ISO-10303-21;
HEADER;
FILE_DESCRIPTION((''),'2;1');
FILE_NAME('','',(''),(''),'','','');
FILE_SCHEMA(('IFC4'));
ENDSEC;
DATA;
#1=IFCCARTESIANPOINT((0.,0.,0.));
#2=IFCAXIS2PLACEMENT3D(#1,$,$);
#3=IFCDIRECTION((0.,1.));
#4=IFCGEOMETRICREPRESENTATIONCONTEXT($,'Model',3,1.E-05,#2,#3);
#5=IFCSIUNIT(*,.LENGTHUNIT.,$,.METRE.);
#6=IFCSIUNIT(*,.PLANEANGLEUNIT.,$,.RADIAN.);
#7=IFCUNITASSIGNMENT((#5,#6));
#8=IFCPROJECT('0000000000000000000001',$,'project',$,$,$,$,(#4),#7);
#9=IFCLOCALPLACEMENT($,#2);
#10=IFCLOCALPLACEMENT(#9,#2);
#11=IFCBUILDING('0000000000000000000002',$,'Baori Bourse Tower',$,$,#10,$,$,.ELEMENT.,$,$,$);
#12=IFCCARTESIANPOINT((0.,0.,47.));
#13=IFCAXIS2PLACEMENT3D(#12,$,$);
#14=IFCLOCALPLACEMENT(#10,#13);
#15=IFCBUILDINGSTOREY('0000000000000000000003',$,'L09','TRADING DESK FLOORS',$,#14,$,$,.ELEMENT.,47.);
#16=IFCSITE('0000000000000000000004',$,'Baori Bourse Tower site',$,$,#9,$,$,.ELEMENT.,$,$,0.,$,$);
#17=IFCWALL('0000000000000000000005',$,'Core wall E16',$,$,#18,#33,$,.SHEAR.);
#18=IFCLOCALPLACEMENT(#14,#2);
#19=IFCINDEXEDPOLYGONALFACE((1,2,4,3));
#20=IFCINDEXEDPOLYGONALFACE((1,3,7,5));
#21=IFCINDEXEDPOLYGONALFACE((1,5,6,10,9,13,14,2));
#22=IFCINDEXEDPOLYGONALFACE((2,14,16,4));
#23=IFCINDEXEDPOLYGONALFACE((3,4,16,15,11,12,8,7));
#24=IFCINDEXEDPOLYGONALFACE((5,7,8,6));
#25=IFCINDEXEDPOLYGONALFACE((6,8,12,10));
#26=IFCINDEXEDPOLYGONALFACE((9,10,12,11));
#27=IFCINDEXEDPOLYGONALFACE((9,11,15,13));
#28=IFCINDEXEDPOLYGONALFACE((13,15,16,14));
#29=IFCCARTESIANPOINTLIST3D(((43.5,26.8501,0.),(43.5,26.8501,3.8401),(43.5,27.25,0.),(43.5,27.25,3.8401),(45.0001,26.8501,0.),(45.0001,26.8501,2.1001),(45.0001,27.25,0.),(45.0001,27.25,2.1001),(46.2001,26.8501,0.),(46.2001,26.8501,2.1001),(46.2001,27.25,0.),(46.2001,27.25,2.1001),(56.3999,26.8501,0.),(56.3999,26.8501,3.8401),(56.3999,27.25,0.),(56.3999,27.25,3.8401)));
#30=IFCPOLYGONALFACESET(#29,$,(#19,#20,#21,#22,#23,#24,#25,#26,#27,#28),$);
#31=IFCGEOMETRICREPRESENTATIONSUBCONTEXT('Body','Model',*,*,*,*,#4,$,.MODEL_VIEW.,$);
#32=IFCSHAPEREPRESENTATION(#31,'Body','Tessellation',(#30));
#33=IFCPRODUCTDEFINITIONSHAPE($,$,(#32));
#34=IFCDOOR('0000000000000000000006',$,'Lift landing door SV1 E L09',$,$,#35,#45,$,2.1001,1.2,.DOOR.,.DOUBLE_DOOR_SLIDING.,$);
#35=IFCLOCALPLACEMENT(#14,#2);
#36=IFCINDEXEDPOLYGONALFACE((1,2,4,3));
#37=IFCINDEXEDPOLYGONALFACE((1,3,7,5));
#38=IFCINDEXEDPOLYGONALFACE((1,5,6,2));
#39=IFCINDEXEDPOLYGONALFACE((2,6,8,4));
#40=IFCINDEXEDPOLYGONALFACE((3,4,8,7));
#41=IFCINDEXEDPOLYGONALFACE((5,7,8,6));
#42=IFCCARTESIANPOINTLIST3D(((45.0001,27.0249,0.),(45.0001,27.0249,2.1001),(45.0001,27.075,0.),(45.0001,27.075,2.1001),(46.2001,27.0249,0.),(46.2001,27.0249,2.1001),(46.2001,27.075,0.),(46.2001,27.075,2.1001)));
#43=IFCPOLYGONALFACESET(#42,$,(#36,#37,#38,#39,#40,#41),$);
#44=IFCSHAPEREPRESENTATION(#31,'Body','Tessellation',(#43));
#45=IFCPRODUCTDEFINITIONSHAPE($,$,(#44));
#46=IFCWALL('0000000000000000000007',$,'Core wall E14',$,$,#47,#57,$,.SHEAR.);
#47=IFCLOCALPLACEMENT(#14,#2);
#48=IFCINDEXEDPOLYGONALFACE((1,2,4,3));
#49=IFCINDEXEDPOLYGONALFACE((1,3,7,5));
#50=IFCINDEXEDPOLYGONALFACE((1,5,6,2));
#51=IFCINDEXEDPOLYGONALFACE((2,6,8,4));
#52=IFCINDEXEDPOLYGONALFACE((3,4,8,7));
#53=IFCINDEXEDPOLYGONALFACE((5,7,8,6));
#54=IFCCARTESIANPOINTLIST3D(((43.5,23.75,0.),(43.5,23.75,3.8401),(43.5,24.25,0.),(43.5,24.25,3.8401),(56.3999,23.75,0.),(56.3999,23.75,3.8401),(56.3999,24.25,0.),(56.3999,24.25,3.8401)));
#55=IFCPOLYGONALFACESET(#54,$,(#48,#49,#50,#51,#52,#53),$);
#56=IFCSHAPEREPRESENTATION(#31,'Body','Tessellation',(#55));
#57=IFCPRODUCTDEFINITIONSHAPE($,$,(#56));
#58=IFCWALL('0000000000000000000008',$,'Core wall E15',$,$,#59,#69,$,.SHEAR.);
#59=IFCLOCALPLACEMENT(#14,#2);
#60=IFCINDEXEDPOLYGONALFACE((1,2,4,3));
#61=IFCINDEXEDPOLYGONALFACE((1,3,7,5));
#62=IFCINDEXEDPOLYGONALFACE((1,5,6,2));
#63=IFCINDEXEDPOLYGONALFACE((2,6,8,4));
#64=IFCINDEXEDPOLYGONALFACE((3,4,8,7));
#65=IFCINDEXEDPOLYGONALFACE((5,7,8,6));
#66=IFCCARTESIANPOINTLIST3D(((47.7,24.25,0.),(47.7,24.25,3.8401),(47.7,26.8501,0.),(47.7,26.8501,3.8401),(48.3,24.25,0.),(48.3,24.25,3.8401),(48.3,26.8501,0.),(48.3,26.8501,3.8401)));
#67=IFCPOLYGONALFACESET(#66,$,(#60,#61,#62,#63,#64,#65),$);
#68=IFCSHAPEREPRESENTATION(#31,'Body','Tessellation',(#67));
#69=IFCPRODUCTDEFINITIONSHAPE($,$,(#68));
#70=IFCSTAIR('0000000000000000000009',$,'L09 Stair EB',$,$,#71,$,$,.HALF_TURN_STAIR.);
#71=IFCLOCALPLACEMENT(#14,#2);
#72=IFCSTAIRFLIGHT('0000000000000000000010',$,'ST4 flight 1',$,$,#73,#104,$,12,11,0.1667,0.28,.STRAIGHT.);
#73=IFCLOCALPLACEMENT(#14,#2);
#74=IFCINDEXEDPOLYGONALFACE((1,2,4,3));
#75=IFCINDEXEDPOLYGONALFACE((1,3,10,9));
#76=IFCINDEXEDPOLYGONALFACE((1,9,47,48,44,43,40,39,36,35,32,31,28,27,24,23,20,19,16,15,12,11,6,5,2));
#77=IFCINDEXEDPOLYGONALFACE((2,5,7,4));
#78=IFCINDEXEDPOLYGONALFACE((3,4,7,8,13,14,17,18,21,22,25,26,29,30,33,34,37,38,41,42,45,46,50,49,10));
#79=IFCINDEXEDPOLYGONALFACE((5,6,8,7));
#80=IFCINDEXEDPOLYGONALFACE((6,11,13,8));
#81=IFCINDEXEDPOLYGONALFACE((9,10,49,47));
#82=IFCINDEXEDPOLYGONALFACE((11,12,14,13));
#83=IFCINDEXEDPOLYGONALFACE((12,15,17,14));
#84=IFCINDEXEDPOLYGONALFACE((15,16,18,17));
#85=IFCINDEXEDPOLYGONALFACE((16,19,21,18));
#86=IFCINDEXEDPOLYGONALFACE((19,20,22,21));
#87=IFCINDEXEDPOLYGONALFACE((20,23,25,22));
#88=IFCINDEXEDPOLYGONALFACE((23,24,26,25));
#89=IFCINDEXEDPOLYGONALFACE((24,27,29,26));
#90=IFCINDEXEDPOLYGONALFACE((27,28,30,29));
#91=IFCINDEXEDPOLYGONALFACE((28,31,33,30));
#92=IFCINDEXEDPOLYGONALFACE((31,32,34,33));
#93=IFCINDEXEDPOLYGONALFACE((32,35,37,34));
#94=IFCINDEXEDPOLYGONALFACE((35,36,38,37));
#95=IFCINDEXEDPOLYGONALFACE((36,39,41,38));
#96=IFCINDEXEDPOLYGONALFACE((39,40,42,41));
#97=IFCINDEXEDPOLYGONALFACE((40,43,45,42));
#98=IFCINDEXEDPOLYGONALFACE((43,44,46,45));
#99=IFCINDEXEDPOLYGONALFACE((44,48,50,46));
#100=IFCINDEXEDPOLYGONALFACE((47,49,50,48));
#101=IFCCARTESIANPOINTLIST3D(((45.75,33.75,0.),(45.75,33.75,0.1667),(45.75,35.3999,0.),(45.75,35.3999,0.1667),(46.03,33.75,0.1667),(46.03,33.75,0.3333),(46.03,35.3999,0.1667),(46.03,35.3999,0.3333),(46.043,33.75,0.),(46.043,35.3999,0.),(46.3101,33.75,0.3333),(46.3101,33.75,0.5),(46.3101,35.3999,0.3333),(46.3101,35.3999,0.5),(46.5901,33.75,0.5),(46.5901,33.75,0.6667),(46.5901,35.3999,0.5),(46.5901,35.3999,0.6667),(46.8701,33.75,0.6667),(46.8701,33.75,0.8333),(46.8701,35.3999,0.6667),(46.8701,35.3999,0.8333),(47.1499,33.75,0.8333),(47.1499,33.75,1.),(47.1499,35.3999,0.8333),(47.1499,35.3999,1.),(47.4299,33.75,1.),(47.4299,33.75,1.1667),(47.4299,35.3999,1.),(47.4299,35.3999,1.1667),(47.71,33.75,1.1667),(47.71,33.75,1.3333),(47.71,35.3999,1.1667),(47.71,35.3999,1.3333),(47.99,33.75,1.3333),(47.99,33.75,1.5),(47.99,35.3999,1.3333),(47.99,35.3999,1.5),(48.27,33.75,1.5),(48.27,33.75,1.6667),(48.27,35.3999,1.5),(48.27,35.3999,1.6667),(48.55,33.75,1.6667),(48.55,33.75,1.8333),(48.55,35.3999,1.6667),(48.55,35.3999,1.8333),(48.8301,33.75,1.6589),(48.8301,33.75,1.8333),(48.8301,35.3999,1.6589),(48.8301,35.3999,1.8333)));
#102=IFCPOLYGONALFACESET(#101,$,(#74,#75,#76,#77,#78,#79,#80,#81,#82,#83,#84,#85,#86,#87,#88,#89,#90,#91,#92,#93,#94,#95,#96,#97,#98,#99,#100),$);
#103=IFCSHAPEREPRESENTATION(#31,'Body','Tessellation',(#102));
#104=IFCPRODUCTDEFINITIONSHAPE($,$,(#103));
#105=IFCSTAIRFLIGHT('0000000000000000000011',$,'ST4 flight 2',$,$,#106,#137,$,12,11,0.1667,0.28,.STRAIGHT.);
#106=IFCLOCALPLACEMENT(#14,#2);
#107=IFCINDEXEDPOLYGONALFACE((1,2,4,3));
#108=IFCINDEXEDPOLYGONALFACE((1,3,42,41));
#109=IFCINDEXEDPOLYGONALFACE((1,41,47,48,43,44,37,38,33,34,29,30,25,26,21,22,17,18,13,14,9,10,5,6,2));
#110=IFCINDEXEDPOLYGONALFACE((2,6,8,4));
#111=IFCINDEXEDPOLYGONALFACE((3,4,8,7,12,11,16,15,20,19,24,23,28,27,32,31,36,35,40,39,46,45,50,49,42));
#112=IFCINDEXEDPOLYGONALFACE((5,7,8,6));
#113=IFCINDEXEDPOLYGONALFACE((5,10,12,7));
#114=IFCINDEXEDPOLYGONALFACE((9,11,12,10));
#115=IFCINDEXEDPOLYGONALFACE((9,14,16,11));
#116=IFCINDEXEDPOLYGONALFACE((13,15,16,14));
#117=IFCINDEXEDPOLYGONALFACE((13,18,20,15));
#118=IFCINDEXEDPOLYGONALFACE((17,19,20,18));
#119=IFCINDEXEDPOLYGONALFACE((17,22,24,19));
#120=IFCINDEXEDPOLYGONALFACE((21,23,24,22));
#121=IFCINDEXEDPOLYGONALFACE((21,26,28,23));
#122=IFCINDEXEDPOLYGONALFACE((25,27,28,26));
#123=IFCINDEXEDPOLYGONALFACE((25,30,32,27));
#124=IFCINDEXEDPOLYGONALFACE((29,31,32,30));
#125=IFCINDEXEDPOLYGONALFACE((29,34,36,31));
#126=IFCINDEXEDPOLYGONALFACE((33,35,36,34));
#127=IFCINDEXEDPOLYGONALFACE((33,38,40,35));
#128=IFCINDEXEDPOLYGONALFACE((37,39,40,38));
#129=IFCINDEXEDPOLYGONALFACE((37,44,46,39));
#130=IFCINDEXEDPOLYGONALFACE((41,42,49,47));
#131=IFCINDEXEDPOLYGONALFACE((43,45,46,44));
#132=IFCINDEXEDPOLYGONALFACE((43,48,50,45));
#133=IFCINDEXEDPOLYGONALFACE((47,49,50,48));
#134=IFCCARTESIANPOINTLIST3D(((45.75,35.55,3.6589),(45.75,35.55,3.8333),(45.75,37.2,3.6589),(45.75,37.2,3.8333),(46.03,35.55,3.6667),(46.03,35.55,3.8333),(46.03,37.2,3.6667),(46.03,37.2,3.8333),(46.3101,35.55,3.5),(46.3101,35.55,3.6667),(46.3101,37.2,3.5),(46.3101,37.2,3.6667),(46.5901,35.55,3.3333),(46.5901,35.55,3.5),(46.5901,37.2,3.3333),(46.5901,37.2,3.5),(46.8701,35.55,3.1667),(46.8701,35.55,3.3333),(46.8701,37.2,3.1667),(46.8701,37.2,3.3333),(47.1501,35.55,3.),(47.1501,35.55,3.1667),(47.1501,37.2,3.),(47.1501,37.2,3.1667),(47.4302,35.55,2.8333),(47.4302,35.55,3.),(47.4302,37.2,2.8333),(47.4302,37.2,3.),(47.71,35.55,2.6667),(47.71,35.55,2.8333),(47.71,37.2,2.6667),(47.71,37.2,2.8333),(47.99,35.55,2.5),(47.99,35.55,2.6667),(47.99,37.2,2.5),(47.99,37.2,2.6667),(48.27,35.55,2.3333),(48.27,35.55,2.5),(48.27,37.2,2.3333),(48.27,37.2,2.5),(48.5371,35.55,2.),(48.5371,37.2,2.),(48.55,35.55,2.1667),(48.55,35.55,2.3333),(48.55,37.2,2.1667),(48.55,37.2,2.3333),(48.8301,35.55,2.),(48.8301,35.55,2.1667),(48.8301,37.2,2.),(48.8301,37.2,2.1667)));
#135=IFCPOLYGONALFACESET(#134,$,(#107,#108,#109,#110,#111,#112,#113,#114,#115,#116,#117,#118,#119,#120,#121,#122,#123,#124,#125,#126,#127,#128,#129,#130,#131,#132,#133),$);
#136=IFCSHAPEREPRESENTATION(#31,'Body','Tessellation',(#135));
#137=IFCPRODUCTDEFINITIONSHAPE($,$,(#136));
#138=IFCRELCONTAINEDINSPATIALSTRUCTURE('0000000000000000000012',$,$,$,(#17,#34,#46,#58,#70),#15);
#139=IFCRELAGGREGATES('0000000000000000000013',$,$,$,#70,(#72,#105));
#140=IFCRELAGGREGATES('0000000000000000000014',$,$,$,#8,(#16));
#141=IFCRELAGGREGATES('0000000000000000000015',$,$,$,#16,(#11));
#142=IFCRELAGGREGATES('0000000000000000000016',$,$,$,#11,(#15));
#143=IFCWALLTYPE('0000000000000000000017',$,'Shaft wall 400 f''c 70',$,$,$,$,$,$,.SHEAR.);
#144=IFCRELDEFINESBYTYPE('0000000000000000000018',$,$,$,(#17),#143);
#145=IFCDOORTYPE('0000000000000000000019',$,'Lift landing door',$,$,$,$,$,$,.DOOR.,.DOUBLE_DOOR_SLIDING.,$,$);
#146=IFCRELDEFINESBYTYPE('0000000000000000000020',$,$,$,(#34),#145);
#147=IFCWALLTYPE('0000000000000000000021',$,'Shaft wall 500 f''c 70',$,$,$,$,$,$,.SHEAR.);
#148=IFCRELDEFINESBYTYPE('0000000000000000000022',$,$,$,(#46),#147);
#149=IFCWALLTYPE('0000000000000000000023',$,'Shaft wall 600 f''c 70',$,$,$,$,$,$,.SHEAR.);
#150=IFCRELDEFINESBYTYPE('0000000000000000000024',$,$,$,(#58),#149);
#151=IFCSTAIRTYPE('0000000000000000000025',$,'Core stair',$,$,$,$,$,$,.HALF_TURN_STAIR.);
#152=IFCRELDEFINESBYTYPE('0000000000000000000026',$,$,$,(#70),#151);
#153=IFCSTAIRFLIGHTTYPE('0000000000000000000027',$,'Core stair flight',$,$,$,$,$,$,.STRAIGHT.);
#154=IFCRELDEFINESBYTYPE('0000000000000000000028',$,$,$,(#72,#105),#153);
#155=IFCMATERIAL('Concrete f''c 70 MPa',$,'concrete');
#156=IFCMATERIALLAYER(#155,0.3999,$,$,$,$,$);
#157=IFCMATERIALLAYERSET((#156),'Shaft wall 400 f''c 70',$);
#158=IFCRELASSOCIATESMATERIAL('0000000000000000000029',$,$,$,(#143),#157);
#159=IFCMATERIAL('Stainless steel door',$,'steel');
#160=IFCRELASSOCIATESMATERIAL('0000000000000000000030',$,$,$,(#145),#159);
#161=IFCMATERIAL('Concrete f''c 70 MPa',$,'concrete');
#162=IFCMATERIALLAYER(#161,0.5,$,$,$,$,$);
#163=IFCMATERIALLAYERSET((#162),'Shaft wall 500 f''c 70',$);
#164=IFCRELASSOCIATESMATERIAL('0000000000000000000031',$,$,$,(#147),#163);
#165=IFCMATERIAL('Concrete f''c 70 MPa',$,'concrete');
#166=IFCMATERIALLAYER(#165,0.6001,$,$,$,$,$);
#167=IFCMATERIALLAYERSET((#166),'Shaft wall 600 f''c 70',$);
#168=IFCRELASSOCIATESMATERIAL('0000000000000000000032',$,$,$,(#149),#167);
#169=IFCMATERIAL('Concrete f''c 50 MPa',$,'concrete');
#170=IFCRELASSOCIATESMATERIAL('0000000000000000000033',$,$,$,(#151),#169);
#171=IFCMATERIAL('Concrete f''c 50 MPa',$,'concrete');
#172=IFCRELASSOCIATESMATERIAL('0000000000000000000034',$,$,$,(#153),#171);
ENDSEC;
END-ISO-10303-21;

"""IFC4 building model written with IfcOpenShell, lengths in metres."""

from ifc_helpers import new_model, si_unit, direction, frame, frame_2d, origin, place, context, subcontext, project, spatial, polyline, rectangle, outline, extrude, material, layer, layer_set, type_object, element, fill, aggregate, save


model = new_model("IFC4")

# Units and contexts
model_context = context("Model", 3, precision=1e-05, world=origin(), true_north=direction((0.0, 1.0)))
body_context = subcontext(model_context, "Body", "Model", "MODEL_VIEW")
ifc_project = project(units=[si_unit("LENGTHUNIT", "METRE"), si_unit("PLANEANGLEUNIT", "RADIAN")], contexts=[model_context])

# Site, building, storey
site_placement = place(None, origin())
site = spatial("IfcSite", under=ifc_project, at=site_placement, Name="Baori Bourse Tower site", CompositionType="ELEMENT", RefElevation=0.0)
building_placement = place(site_placement, origin())
building = spatial("IfcBuilding", under=site, at=building_placement, Name="Baori Bourse Tower", CompositionType="ELEMENT")
storey_placement = place(building_placement, frame((0.0, 0.0, 47.0)))
storey = spatial("IfcBuildingStorey", under=building, at=storey_placement, Name="L09", Description="TRADING DESK FLOORS", CompositionType="ELEMENT", Elevation=47.0)

# Shared definitions
ifc_material_1 = material(Name="Concrete f'c 70 MPa", Category="concrete")
ifc_layer_1 = layer(ifc_material_1, 0.3999)
ifc_layer_set_1 = layer_set([ifc_layer_1], Name="Shaft wall 400 f'c 70")
wall_type_1 = type_object("IfcWallType", Name="Shaft wall 400 f'c 70", PredefinedType="SHEAR", material=ifc_layer_set_1)

# Shared definitions
ifc_material_2 = material(Name="Stainless steel door", Category="steel")
door_type_1 = type_object("IfcDoorType", Name="Lift landing door", OperationType="DOUBLE_DOOR_SLIDING", PredefinedType="DOOR", material=ifc_material_2)

# Wall, opening, door
wall_1_placement = place(storey_placement, frame((43.5, 27.05, 0.0), z_axis=(0.0, 0.0, 1.0), x_axis=(1.0, 0.0, 0.0)))
wall_1 = element("IfcWall", 1, at=wall_1_placement, inside=storey, type_object=wall_type_1, Name="Core wall E16", PredefinedType="SHEAR", context=body_context, shape_type="SweptSolid", body=[
    extrude(rectangle(XDim=12.8999, YDim=0.3999, at=frame_2d((6.45, 0.0))), origin(), (0.0, 0.0, 1.0), 3.8401),
])
opening_1_placement = place(wall_1_placement, frame((1.5, 0.0, 0.0)))
opening_1 = element("IfcOpeningElement", 2, at=opening_1_placement, cuts=wall_1, PredefinedType="OPENING", context=body_context, shape_type="SweptSolid", body=[
    extrude(rectangle(XDim=1.2, YDim=2.1001, at=frame_2d((0.6001, 1.05))), frame((0.0, 0.21, 0.0), z_axis=(0.0, -1.0, 0.0), x_axis=(1.0, 0.0, 0.0)), (0.0, 0.0, 1.0), 0.4199),
])
door_1_placement = place(opening_1_placement, origin())
door_1 = element("IfcDoor", 3, at=door_1_placement, inside=storey, type_object=door_type_1, Name="Lift landing door SV1 E L09", OperationType="DOUBLE_DOOR_SLIDING", OverallHeight=2.1001, OverallWidth=1.2, PredefinedType="DOOR", context=body_context, shape_type="SweptSolid", body=[
    extrude(rectangle(XDim=1.2, YDim=2.1001, at=frame_2d((0.6001, 1.05))), frame((0.0, 0.0249, 0.0), z_axis=(0.0, -1.0, 0.0), x_axis=(1.0, 0.0, 0.0)), (0.0, 0.0, 1.0), 0.05),
])
fill(opening_1, door_1)

# Walls
ifc_material_3 = material(Name="Concrete f'c 70 MPa", Category="concrete")
ifc_layer_2 = layer(ifc_material_3, 0.5)
ifc_layer_set_2 = layer_set([ifc_layer_2], Name="Shaft wall 500 f'c 70")
wall_type_2 = type_object("IfcWallType", Name="Shaft wall 500 f'c 70", PredefinedType="SHEAR", material=ifc_layer_set_2)
wall_2_placement = place(storey_placement, frame((43.5, 24.0, 0.0), z_axis=(0.0, 0.0, 1.0), x_axis=(1.0, 0.0, 0.0)))
element("IfcWall", 4, at=wall_2_placement, inside=storey, type_object=wall_type_2, Name="Core wall E14", PredefinedType="SHEAR", context=body_context, shape_type="SweptSolid", body=[
    extrude(rectangle(XDim=12.8999, YDim=0.5, at=frame_2d((6.45, 0.0))), origin(), (0.0, 0.0, 1.0), 3.8401),
])
ifc_material_4 = material(Name="Concrete f'c 70 MPa", Category="concrete")
ifc_layer_3 = layer(ifc_material_4, 0.6001)
ifc_layer_set_3 = layer_set([ifc_layer_3], Name="Shaft wall 600 f'c 70")
wall_type_3 = type_object("IfcWallType", Name="Shaft wall 600 f'c 70", PredefinedType="SHEAR", material=ifc_layer_set_3)
wall_3_placement = place(storey_placement, frame((48.0, 24.25, 0.0), z_axis=(0.0, 0.0, 1.0), x_axis=(0.0, 1.0, 0.0)))
element("IfcWall", 5, at=wall_3_placement, inside=storey, type_object=wall_type_3, Name="Core wall E15", PredefinedType="SHEAR", context=body_context, shape_type="SweptSolid", body=[
    extrude(rectangle(XDim=2.6001, YDim=0.6001, at=frame_2d((1.3, 0.0))), origin(), (0.0, 0.0, 1.0), 3.8401),
])

# Stair, stair flights
ifc_material_5 = material(Name="Concrete f'c 50 MPa", Category="concrete")
stair_type = type_object("IfcStairType", Name="Core stair", PredefinedType="HALF_TURN_STAIR", material=ifc_material_5)
stair_placement = place(storey_placement, origin())
stair = element("IfcStair", 6, at=stair_placement, inside=storey, type_object=stair_type, Name="L09 Stair EB", PredefinedType="HALF_TURN_STAIR")
ifc_material_6 = material(Name="Concrete f'c 50 MPa", Category="concrete")
stair_flight_type = type_object("IfcStairFlightType", Name="Core stair flight", PredefinedType="STRAIGHT", material=ifc_material_6)
stair_flight_1_placement = place(storey_placement, frame((45.75, 34.575, 0.0), z_axis=(0.0, 0.0, 1.0), x_axis=(1.0, 0.0, 0.0)))
stair_flight_1 = element("IfcStairFlight", 7, at=stair_flight_1_placement, type_object=stair_flight_type, Name="ST4 flight 1", NumberOfRisers=12, NumberOfTreads=11, PredefinedType="STRAIGHT", RiserHeight=0.1667, TreadLength=0.28, context=body_context, shape_type="SweptSolid", body=[
    extrude(outline(polyline([(0.0, 0.0), (0.0, 0.1667), (0.28, 0.1667), (0.28, 0.3333), (0.5601, 0.3333), (0.5601, 0.5), (0.8401, 0.5), (0.8401, 0.6667), (1.1201, 0.6667), (1.1201, 0.8333), (1.3999, 0.8333), (1.3999, 1.0), (1.6799, 1.0), (1.6799, 1.1667), (1.96, 1.1667), (1.96, 1.3333), (2.24, 1.3333), (2.24, 1.5), (2.52, 1.5), (2.52, 1.6667), (2.8, 1.6667), (2.8, 1.8333), (3.0801, 1.8333), (3.0801, 2.0), (3.0801, 1.6589), (0.293, 0.0), (0.0, 0.0)])), frame((0.0, 0.825, 0.0), z_axis=(0.0, -1.0, 0.0), x_axis=(1.0, 0.0, 0.0)), (0.0, 0.0, 1.0), 1.6499),
])
stair_flight_2_placement = place(storey_placement, frame((48.8301, 36.375, 2.0), z_axis=(0.0, 0.0, 1.0), x_axis=(-1.0, 0.0, 0.0)))
stair_flight_2 = element("IfcStairFlight", 8, at=stair_flight_2_placement, type_object=stair_flight_type, Name="ST4 flight 2", NumberOfRisers=12, NumberOfTreads=11, PredefinedType="STRAIGHT", RiserHeight=0.1667, TreadLength=0.28, context=body_context, shape_type="SweptSolid", body=[
    extrude(outline(polyline([(0.0, 0.0), (0.0, 0.1667), (0.28, 0.1667), (0.28, 0.3333), (0.5601, 0.3333), (0.5601, 0.5), (0.8401, 0.5), (0.8401, 0.6667), (1.1201, 0.6667), (1.1201, 0.8333), (1.3999, 0.8333), (1.3999, 1.0), (1.6799, 1.0), (1.6799, 1.1667), (1.96, 1.1667), (1.96, 1.3333), (2.24, 1.3333), (2.24, 1.5), (2.52, 1.5), (2.52, 1.6667), (2.8, 1.6667), (2.8, 1.8333), (3.0801, 1.8333), (3.0801, 2.0), (3.0801, 1.6589), (0.293, 0.0), (0.0, 0.0)])), frame((0.0, 0.825, 0.0), z_axis=(0.0, -1.0, 0.0), x_axis=(1.0, 0.0, 0.0)), (0.0, 0.0, 1.0), 1.6499),
])
aggregate(stair, [stair_flight_1, stair_flight_2])

save(model, "model.ifc")
